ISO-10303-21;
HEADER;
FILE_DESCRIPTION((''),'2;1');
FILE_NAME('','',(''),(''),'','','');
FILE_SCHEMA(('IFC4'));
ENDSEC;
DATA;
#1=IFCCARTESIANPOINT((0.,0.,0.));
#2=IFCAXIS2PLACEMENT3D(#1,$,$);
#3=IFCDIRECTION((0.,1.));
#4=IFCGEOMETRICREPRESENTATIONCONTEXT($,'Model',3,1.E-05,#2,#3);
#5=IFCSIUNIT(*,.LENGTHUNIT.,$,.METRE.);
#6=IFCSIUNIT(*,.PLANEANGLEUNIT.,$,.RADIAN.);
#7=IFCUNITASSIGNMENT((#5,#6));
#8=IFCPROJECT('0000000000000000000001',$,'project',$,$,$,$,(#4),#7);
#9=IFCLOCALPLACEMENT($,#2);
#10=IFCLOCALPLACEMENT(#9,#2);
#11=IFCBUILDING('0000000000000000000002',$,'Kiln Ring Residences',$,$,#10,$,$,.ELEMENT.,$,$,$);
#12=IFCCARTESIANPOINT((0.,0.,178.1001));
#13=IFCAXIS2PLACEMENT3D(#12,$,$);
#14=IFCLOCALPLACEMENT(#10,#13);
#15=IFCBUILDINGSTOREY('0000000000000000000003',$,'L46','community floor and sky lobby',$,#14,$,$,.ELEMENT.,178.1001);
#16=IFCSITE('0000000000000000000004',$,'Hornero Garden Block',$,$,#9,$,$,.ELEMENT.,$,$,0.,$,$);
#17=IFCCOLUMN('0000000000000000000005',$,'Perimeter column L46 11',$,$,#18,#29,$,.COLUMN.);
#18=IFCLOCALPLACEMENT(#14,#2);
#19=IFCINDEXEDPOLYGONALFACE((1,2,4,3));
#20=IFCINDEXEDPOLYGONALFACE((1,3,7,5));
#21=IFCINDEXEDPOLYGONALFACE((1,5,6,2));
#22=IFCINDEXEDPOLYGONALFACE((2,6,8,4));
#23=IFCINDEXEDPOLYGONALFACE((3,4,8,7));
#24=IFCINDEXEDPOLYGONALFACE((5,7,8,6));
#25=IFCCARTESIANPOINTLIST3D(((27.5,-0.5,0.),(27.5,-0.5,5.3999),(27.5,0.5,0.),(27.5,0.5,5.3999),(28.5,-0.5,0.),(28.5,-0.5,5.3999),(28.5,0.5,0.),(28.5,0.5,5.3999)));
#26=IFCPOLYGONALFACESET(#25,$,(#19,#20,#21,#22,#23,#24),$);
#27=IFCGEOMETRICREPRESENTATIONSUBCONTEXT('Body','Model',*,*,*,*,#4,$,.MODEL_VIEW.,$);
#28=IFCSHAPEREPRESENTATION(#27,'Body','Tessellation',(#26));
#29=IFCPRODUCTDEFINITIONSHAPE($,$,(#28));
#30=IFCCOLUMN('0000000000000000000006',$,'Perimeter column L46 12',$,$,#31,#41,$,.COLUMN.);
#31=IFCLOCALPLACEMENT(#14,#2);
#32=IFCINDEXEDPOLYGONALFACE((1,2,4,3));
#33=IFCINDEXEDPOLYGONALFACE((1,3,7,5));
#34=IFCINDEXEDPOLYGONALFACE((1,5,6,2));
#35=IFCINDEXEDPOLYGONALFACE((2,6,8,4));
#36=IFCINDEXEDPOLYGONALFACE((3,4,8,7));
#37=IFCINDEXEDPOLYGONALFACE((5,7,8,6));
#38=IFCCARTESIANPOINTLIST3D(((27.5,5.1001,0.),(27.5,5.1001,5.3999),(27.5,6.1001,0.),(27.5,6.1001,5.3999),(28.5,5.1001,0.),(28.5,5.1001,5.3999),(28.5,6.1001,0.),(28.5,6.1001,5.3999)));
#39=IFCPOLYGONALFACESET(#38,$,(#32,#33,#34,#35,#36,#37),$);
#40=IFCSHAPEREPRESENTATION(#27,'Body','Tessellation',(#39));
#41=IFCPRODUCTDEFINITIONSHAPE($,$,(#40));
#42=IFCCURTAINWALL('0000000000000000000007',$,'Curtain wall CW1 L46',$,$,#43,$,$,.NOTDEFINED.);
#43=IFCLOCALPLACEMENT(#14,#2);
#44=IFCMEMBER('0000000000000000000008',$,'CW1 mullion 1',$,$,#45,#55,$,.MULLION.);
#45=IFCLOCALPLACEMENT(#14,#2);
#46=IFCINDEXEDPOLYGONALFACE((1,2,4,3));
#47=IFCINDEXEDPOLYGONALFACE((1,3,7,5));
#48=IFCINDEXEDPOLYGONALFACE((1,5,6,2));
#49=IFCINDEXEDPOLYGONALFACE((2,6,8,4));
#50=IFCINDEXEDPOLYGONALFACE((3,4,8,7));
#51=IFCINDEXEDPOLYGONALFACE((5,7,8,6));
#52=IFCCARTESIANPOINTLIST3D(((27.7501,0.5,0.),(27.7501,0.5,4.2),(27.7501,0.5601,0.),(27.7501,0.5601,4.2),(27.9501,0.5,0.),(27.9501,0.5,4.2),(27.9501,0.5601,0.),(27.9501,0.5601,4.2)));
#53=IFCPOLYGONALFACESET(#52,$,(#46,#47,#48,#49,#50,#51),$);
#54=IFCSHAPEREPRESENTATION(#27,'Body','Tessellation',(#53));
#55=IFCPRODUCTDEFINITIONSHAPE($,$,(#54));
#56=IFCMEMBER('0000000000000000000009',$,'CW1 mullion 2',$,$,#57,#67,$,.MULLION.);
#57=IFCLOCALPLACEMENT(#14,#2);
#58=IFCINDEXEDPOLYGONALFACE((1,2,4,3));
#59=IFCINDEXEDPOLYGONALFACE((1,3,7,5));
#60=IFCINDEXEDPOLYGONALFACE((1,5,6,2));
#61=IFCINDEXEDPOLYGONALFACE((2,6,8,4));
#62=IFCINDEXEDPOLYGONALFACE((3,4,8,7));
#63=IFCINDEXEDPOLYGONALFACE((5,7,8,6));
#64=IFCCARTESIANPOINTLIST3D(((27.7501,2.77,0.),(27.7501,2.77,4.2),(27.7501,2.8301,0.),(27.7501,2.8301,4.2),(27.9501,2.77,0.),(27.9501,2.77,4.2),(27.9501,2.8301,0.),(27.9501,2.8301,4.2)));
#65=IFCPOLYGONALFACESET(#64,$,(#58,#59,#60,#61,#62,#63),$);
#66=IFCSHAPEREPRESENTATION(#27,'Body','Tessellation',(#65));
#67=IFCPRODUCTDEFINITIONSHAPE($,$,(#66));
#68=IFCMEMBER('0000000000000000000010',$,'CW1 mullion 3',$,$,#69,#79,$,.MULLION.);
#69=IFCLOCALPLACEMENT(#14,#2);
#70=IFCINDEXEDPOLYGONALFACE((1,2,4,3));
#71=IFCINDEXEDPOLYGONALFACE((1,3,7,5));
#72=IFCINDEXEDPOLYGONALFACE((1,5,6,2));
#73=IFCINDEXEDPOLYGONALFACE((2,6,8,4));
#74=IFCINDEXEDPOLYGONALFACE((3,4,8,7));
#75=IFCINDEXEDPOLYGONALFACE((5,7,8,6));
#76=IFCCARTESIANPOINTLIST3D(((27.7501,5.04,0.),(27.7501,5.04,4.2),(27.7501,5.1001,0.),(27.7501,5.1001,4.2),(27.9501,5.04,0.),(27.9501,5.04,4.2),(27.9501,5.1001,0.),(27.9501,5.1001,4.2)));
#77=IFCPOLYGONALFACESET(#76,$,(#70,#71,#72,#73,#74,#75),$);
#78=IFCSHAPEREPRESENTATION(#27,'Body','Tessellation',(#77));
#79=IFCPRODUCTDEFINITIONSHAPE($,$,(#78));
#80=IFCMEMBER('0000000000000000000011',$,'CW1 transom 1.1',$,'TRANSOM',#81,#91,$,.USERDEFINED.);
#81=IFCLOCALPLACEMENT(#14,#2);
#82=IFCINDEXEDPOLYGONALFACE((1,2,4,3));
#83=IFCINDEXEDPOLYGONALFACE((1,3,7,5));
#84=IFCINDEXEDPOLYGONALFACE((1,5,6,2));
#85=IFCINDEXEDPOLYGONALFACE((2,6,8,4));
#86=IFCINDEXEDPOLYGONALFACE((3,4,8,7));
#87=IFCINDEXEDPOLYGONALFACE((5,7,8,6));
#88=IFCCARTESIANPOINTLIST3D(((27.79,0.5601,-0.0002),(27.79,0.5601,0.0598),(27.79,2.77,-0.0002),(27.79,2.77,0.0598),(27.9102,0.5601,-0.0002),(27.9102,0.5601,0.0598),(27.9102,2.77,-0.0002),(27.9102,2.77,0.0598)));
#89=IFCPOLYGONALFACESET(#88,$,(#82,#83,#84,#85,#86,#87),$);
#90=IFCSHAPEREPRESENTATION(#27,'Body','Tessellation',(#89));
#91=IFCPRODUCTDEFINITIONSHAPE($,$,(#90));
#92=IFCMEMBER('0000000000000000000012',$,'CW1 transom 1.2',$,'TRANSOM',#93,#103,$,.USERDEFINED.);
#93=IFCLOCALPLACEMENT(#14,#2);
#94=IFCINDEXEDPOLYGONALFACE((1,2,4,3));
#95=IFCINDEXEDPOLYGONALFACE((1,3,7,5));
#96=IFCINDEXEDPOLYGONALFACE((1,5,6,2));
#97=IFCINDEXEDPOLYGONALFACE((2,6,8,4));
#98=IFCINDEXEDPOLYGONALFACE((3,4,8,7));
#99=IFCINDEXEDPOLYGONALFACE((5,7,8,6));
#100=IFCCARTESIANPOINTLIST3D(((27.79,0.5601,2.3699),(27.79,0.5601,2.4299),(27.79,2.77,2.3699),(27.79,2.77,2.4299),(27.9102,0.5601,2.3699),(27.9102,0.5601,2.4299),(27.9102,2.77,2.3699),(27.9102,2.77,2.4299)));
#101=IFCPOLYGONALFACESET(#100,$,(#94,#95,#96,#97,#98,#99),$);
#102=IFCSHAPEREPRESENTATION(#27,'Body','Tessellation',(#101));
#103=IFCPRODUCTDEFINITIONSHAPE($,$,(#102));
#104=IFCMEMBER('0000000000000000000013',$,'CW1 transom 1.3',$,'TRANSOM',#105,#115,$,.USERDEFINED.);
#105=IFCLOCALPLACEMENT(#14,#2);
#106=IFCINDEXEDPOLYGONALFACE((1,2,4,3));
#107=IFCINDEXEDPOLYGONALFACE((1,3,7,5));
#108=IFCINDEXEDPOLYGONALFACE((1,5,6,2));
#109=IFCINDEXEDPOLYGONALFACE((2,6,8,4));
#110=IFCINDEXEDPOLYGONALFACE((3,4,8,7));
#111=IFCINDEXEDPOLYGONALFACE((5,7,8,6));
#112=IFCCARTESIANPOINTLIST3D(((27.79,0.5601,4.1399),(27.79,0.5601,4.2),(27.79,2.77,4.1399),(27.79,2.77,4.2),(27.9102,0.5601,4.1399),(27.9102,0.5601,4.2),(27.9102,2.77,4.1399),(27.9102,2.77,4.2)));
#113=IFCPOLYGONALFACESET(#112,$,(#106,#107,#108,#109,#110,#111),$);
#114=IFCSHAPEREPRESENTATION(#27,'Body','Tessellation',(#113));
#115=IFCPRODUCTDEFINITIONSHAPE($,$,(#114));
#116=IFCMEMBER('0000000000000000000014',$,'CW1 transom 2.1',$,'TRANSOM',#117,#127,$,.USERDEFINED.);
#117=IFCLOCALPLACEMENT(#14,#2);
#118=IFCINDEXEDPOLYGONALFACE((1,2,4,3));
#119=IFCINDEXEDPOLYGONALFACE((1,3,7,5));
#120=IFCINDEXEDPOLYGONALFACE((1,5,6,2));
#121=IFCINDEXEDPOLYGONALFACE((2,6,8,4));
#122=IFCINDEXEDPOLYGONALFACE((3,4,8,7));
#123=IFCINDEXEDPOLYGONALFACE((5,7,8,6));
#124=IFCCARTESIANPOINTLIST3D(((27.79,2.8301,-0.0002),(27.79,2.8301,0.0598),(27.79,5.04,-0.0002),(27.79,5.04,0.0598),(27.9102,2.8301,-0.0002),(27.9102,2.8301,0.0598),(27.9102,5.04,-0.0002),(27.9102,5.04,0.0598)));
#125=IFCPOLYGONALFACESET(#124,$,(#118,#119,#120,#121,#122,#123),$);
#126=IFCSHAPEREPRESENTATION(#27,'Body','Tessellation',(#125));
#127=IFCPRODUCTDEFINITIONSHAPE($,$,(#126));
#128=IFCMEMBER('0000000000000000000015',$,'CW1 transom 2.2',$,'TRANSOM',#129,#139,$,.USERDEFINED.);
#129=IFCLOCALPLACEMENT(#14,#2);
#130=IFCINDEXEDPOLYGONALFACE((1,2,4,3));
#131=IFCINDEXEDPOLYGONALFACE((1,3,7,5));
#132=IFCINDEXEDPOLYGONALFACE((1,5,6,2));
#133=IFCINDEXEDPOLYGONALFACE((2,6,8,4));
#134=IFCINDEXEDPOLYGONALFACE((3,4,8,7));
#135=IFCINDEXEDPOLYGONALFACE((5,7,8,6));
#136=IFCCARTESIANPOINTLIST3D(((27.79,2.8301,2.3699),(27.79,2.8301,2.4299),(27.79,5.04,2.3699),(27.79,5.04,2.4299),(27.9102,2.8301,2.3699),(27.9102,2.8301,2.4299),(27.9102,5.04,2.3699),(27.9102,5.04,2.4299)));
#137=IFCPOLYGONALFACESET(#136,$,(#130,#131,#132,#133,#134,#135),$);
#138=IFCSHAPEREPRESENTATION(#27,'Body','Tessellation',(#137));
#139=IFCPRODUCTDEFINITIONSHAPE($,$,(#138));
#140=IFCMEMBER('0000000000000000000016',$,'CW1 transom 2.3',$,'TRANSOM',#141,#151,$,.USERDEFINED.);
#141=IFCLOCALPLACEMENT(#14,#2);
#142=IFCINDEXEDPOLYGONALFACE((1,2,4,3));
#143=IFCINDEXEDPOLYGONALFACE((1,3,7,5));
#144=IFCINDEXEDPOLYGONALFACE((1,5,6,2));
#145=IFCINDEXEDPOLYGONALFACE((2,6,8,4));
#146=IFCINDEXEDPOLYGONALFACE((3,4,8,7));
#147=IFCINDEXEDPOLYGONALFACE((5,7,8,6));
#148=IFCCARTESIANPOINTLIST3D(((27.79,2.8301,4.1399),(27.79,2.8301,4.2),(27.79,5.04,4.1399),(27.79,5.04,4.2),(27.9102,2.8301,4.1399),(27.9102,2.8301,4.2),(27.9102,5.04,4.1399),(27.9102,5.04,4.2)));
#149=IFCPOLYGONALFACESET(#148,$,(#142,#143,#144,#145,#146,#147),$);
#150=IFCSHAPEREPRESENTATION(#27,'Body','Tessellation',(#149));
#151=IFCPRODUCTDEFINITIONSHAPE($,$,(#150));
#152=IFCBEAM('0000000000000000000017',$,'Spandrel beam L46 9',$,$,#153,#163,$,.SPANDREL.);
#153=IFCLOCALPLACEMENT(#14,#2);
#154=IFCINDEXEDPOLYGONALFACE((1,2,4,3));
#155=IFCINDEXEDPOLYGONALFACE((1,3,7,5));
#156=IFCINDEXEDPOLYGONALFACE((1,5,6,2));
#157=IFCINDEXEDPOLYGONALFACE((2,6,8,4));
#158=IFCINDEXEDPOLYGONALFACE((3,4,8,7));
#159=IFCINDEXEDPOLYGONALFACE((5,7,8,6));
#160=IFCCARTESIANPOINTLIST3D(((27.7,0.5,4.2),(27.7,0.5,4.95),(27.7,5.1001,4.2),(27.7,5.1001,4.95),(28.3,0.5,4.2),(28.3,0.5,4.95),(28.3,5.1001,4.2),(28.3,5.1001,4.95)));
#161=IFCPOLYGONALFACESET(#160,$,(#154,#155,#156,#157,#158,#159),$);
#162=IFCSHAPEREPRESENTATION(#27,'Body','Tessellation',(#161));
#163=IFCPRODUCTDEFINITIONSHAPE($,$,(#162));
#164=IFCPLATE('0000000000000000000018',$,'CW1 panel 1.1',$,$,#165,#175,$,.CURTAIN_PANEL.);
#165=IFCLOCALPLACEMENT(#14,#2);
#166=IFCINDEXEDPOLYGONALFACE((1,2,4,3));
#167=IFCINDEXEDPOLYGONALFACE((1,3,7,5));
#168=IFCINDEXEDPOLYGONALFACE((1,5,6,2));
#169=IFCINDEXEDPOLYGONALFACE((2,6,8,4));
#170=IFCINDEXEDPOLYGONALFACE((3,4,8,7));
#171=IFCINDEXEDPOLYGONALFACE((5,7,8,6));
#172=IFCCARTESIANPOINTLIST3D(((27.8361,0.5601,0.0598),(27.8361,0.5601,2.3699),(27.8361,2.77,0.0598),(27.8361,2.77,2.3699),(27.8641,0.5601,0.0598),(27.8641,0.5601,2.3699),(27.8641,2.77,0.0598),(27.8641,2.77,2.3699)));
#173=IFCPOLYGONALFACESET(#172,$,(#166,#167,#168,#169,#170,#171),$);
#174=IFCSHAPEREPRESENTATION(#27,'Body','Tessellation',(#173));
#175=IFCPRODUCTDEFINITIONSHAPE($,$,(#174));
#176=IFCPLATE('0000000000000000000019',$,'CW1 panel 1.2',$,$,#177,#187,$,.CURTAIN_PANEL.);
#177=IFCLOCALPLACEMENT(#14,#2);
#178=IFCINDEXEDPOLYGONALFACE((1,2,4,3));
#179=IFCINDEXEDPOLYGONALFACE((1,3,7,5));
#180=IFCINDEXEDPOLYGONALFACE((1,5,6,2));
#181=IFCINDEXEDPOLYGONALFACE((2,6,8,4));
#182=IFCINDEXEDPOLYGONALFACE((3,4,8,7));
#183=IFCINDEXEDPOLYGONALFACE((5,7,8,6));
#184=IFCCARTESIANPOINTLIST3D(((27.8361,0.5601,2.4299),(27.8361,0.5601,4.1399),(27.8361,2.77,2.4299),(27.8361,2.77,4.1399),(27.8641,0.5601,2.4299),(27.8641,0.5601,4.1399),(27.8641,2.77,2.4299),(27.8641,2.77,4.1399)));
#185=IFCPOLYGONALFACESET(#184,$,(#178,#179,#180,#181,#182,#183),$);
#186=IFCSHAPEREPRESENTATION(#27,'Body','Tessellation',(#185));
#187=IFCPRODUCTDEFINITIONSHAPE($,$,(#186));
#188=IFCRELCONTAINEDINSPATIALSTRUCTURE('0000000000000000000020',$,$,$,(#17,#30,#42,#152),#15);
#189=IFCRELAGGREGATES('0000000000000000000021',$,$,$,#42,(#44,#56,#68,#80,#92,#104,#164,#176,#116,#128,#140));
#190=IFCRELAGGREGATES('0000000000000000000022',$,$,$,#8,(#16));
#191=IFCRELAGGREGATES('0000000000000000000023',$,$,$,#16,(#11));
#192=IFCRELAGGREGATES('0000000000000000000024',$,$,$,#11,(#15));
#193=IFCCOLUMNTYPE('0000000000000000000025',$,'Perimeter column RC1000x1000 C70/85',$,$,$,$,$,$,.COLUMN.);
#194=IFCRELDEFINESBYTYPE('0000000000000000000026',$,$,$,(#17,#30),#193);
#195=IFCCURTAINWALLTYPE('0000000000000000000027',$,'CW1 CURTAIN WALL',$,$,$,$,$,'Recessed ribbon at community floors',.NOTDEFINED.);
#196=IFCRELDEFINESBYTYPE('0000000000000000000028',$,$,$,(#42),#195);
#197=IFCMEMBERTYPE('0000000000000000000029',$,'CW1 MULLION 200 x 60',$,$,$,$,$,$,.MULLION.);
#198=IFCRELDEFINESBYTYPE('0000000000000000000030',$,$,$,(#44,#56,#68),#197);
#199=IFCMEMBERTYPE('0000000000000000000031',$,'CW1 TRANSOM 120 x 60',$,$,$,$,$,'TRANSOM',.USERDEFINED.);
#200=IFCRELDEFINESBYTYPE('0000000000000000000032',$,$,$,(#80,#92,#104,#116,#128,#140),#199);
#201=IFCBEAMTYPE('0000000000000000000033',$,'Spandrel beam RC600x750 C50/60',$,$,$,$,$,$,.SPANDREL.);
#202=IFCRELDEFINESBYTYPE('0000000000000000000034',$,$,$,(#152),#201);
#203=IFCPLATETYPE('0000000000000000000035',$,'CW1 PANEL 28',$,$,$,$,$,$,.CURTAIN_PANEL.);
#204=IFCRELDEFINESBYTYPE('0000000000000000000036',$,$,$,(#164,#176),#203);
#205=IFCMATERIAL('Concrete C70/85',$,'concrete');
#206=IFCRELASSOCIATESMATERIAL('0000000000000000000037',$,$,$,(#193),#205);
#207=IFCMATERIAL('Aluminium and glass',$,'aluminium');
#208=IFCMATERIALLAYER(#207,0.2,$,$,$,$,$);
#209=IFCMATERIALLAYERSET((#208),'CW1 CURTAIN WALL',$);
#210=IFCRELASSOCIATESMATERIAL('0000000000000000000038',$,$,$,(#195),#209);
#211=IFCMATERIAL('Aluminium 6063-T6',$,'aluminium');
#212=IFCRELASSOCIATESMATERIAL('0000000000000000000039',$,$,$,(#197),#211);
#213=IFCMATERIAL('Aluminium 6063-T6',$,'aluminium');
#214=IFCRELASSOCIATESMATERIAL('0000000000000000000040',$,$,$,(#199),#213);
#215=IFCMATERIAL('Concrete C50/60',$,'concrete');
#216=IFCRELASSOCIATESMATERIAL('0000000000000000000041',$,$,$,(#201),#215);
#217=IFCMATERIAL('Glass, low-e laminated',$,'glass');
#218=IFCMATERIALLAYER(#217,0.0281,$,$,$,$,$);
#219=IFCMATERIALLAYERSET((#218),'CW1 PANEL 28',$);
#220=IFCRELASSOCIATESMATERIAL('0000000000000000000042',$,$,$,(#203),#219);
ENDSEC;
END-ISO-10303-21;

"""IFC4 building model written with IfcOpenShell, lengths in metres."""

from ifc_helpers import new_model, si_unit, direction, frame, origin, origin_2d, place, context, subcontext, project, spatial, rectangle, extrude, material, layer, layer_set, material_profile, profile_set, type_object, element, aggregate, save


model = new_model("IFC4")

# Units and contexts
model_context = context("Model", 3, precision=1e-05, world=origin(), true_north=direction((0.0, 1.0)))
body_context = subcontext(model_context, "Body", "Model", "MODEL_VIEW")
ifc_project = project(units=[si_unit("LENGTHUNIT", "METRE"), si_unit("PLANEANGLEUNIT", "RADIAN")], contexts=[model_context])

# Site, building, storey
site_placement = place(None, origin())
site = spatial("IfcSite", under=ifc_project, at=site_placement, Name="Hornero Garden Block", CompositionType="ELEMENT", RefElevation=0.0)
building_placement = place(site_placement, origin())
building = spatial("IfcBuilding", under=site, at=building_placement, Name="Kiln Ring Residences", CompositionType="ELEMENT")
storey_placement = place(building_placement, frame((0.0, 0.0, 178.1001)))
storey = spatial("IfcBuildingStorey", under=building, at=storey_placement, Name="L46", Description="community floor and sky lobby", CompositionType="ELEMENT", Elevation=178.1001)

# Columns
ifc_material_1 = material(Name="Concrete C70/85", Category="concrete")
ifc_material_profile_1 = material_profile(ifc_material_1, rectangle(XDim=1.0, YDim=1.0, at=origin_2d()), Name="RC1000x1000")
ifc_profile_set_1 = profile_set([ifc_material_profile_1], Name="Concrete C70/85")
column_type = type_object("IfcColumnType", Name="Perimeter column RC1000x1000 C70/85", PredefinedType="COLUMN", material=ifc_profile_set_1)
for number, where, z_axis, x_axis, name in (
    (1, (28.0, 0.0, 0.0), (0.0, 0.0, 1.0), (1.0, 0.0, 0.0), "Perimeter column L46 11"),
    (2, (28.0, 5.6001, 0.0), (0.0, 0.0, 1.0), (1.0, 0.0, 0.0), "Perimeter column L46 12"),
):
    element("IfcColumn", number, at=place(storey_placement, frame(where, z_axis=z_axis, x_axis=x_axis)), inside=storey, type_object=column_type, Name=name, PredefinedType="COLUMN", context=body_context, shape_type="SweptSolid", body=[
        extrude(rectangle(XDim=1.0, YDim=1.0, at=origin_2d()), origin(), (0.0, 0.0, 1.0), 5.3999),
    ])

# Curtain wall, members
ifc_material_2 = material(Name="Aluminium and glass", Category="aluminium")
ifc_layer_1 = layer(ifc_material_2, 0.2)
ifc_layer_set_1 = layer_set([ifc_layer_1], Name="CW1 CURTAIN WALL")
curtain_wall_type = type_object("IfcCurtainWallType", Name="CW1 CURTAIN WALL", ElementType="Recessed ribbon at community floors", PredefinedType="NOTDEFINED", material=ifc_layer_set_1)
placement = place(storey_placement, origin())
curtain_wall = element("IfcCurtainWall", 3, at=placement, inside=storey, type_object=curtain_wall_type, Name="Curtain wall CW1 L46", PredefinedType="NOTDEFINED")
ifc_material_3 = material(Name="Aluminium 6063-T6", Category="aluminium")
ifc_material_profile_2 = material_profile(ifc_material_3, rectangle(XDim=0.2, YDim=0.0601, at=origin_2d()), Name="AL 200x60")
ifc_profile_set_2 = profile_set([ifc_material_profile_2], Name="Aluminium 6063-T6")
member_type_1 = type_object("IfcMemberType", Name="CW1 MULLION 200 x 60", PredefinedType="MULLION", material=ifc_profile_set_2)
member_1_placement = place(storey_placement, frame((27.8501, 0.53, 0.0), z_axis=(0.0, 0.0, 1.0), x_axis=(-1.0, 0.0, 0.0)))
member_1 = element("IfcMember", 4, at=member_1_placement, type_object=member_type_1, Name="CW1 mullion 1", PredefinedType="MULLION", context=body_context, shape_type="SweptSolid", body=[
    extrude(rectangle(XDim=0.2, YDim=0.0601, at=origin_2d()), origin(), (0.0, 0.0, 1.0), 4.2),
])
member_2_placement = place(storey_placement, frame((27.8501, 2.8, 0.0), z_axis=(0.0, 0.0, 1.0), x_axis=(-1.0, 0.0, 0.0)))
member_2 = element("IfcMember", 5, at=member_2_placement, type_object=member_type_1, Name="CW1 mullion 2", PredefinedType="MULLION", context=body_context, shape_type="SweptSolid", body=[
    extrude(rectangle(XDim=0.2, YDim=0.0601, at=origin_2d()), origin(), (0.0, 0.0, 1.0), 4.2),
])
member_3_placement = place(storey_placement, frame((27.8501, 5.0701, 0.0), z_axis=(0.0, 0.0, 1.0), x_axis=(-1.0, 0.0, 0.0)))
member_3 = element("IfcMember", 6, at=member_3_placement, type_object=member_type_1, Name="CW1 mullion 3", PredefinedType="MULLION", context=body_context, shape_type="SweptSolid", body=[
    extrude(rectangle(XDim=0.2, YDim=0.0601, at=origin_2d()), origin(), (0.0, 0.0, 1.0), 4.2),
])
ifc_material_4 = material(Name="Aluminium 6063-T6", Category="aluminium")
ifc_material_profile_3 = material_profile(ifc_material_4, rectangle(XDim=0.1201, YDim=0.0601, at=origin_2d()), Name="AL 120x60")
ifc_profile_set_3 = profile_set([ifc_material_profile_3], Name="Aluminium 6063-T6")
member_type_2 = type_object("IfcMemberType", Name="CW1 TRANSOM 120 x 60", ElementType="TRANSOM", PredefinedType="USERDEFINED", material=ifc_profile_set_3)
member_4_placement = place(storey_placement, frame((27.8501, 0.5601, 0.0298), z_axis=(0.0, 1.0, 0.0), x_axis=(-1.0, 0.0, 0.0)))
member_4 = element("IfcMember", 7, at=member_4_placement, type_object=member_type_2, Name="CW1 transom 1.1", ObjectType="TRANSOM", PredefinedType="USERDEFINED", context=body_context, shape_type="SweptSolid", body=[
    extrude(rectangle(XDim=0.1201, YDim=0.0601, at=origin_2d()), origin(), (0.0, 0.0, 1.0), 2.21),
])
member_5_placement = place(storey_placement, frame((27.8501, 0.5601, 2.3999), z_axis=(0.0, 1.0, 0.0), x_axis=(-1.0, 0.0, 0.0)))
member_5 = element("IfcMember", 8, at=member_5_placement, type_object=member_type_2, Name="CW1 transom 1.2", ObjectType="TRANSOM", PredefinedType="USERDEFINED", context=body_context, shape_type="SweptSolid", body=[
    extrude(rectangle(XDim=0.1201, YDim=0.0601, at=origin_2d()), origin(), (0.0, 0.0, 1.0), 2.21),
])
member_6_placement = place(storey_placement, frame((27.8501, 0.5601, 4.1699), z_axis=(0.0, 1.0, 0.0), x_axis=(-1.0, 0.0, 0.0)))
member_6 = element("IfcMember", 9, at=member_6_placement, type_object=member_type_2, Name="CW1 transom 1.3", ObjectType="TRANSOM", PredefinedType="USERDEFINED", context=body_context, shape_type="SweptSolid", body=[
    extrude(rectangle(XDim=0.1201, YDim=0.0601, at=origin_2d()), origin(), (0.0, 0.0, 1.0), 2.21),
])
member_7_placement = place(storey_placement, frame((27.8501, 2.8301, 0.0298), z_axis=(0.0, 1.0, 0.0), x_axis=(-1.0, 0.0, 0.0)))
member_7 = element("IfcMember", 10, at=member_7_placement, type_object=member_type_2, Name="CW1 transom 2.1", ObjectType="TRANSOM", PredefinedType="USERDEFINED", context=body_context, shape_type="SweptSolid", body=[
    extrude(rectangle(XDim=0.1201, YDim=0.0601, at=origin_2d()), origin(), (0.0, 0.0, 1.0), 2.21),
])
member_8_placement = place(storey_placement, frame((27.8501, 2.8301, 2.3999), z_axis=(0.0, 1.0, 0.0), x_axis=(-1.0, 0.0, 0.0)))
member_8 = element("IfcMember", 11, at=member_8_placement, type_object=member_type_2, Name="CW1 transom 2.2", ObjectType="TRANSOM", PredefinedType="USERDEFINED", context=body_context, shape_type="SweptSolid", body=[
    extrude(rectangle(XDim=0.1201, YDim=0.0601, at=origin_2d()), origin(), (0.0, 0.0, 1.0), 2.21),
])
member_9_placement = place(storey_placement, frame((27.8501, 2.8301, 4.1699), z_axis=(0.0, 1.0, 0.0), x_axis=(-1.0, 0.0, 0.0)))
member_9 = element("IfcMember", 12, at=member_9_placement, type_object=member_type_2, Name="CW1 transom 2.3", ObjectType="TRANSOM", PredefinedType="USERDEFINED", context=body_context, shape_type="SweptSolid", body=[
    extrude(rectangle(XDim=0.1201, YDim=0.0601, at=origin_2d()), origin(), (0.0, 0.0, 1.0), 2.21),
])

# Beam
ifc_material_5 = material(Name="Concrete C50/60", Category="concrete")
ifc_material_profile_4 = material_profile(ifc_material_5, rectangle(XDim=0.6001, YDim=0.75, at=origin_2d()), Name="RC600x750")
ifc_profile_set_4 = profile_set([ifc_material_profile_4], Name="Concrete C50/60")
beam_type = type_object("IfcBeamType", Name="Spandrel beam RC600x750 C50/60", PredefinedType="SPANDREL", material=ifc_profile_set_4)
beam_placement = place(storey_placement, frame((28.0, 0.5, 4.575), z_axis=(0.0, 1.0, 0.0), x_axis=(-1.0, 0.0, 0.0)))
element("IfcBeam", 13, at=beam_placement, inside=storey, type_object=beam_type, Name="Spandrel beam L46 9", PredefinedType="SPANDREL", context=body_context, shape_type="SweptSolid", body=[
    extrude(rectangle(XDim=0.6001, YDim=0.75, at=origin_2d()), origin(), (0.0, 0.0, 1.0), 4.6001),
])

# Plates
ifc_material_6 = material(Name="Glass, low-e laminated", Category="glass")
ifc_layer_2 = layer(ifc_material_6, 0.0281)
ifc_layer_set_2 = layer_set([ifc_layer_2], Name="CW1 PANEL 28")
plate_type = type_object("IfcPlateType", Name="CW1 PANEL 28", PredefinedType="CURTAIN_PANEL", material=ifc_layer_set_2)
plate_1_placement = place(storey_placement, frame((27.8501, 1.665, 0.0598), z_axis=(0.0, 0.0, 1.0), x_axis=(0.0, 1.0, 0.0)))
plate_1 = element("IfcPlate", 14, at=plate_1_placement, type_object=plate_type, Name="CW1 panel 1.1", PredefinedType="CURTAIN_PANEL", context=body_context, shape_type="SweptSolid", body=[
    extrude(rectangle(XDim=2.21, YDim=0.0281, at=origin_2d()), origin(), (0.0, 0.0, 1.0), 2.3101),
])
plate_2_placement = place(storey_placement, frame((27.8501, 1.665, 2.4299), z_axis=(0.0, 0.0, 1.0), x_axis=(0.0, 1.0, 0.0)))
plate_2 = element("IfcPlate", 15, at=plate_2_placement, type_object=plate_type, Name="CW1 panel 1.2", PredefinedType="CURTAIN_PANEL", context=body_context, shape_type="SweptSolid", body=[
    extrude(rectangle(XDim=2.21, YDim=0.0281, at=origin_2d()), origin(), (0.0, 0.0, 1.0), 1.71),
])
aggregate(curtain_wall, [member_1, member_2, member_3, member_4, member_5, member_6, plate_1, plate_2, member_7, member_8, member_9])

save(model, "model.ifc")
